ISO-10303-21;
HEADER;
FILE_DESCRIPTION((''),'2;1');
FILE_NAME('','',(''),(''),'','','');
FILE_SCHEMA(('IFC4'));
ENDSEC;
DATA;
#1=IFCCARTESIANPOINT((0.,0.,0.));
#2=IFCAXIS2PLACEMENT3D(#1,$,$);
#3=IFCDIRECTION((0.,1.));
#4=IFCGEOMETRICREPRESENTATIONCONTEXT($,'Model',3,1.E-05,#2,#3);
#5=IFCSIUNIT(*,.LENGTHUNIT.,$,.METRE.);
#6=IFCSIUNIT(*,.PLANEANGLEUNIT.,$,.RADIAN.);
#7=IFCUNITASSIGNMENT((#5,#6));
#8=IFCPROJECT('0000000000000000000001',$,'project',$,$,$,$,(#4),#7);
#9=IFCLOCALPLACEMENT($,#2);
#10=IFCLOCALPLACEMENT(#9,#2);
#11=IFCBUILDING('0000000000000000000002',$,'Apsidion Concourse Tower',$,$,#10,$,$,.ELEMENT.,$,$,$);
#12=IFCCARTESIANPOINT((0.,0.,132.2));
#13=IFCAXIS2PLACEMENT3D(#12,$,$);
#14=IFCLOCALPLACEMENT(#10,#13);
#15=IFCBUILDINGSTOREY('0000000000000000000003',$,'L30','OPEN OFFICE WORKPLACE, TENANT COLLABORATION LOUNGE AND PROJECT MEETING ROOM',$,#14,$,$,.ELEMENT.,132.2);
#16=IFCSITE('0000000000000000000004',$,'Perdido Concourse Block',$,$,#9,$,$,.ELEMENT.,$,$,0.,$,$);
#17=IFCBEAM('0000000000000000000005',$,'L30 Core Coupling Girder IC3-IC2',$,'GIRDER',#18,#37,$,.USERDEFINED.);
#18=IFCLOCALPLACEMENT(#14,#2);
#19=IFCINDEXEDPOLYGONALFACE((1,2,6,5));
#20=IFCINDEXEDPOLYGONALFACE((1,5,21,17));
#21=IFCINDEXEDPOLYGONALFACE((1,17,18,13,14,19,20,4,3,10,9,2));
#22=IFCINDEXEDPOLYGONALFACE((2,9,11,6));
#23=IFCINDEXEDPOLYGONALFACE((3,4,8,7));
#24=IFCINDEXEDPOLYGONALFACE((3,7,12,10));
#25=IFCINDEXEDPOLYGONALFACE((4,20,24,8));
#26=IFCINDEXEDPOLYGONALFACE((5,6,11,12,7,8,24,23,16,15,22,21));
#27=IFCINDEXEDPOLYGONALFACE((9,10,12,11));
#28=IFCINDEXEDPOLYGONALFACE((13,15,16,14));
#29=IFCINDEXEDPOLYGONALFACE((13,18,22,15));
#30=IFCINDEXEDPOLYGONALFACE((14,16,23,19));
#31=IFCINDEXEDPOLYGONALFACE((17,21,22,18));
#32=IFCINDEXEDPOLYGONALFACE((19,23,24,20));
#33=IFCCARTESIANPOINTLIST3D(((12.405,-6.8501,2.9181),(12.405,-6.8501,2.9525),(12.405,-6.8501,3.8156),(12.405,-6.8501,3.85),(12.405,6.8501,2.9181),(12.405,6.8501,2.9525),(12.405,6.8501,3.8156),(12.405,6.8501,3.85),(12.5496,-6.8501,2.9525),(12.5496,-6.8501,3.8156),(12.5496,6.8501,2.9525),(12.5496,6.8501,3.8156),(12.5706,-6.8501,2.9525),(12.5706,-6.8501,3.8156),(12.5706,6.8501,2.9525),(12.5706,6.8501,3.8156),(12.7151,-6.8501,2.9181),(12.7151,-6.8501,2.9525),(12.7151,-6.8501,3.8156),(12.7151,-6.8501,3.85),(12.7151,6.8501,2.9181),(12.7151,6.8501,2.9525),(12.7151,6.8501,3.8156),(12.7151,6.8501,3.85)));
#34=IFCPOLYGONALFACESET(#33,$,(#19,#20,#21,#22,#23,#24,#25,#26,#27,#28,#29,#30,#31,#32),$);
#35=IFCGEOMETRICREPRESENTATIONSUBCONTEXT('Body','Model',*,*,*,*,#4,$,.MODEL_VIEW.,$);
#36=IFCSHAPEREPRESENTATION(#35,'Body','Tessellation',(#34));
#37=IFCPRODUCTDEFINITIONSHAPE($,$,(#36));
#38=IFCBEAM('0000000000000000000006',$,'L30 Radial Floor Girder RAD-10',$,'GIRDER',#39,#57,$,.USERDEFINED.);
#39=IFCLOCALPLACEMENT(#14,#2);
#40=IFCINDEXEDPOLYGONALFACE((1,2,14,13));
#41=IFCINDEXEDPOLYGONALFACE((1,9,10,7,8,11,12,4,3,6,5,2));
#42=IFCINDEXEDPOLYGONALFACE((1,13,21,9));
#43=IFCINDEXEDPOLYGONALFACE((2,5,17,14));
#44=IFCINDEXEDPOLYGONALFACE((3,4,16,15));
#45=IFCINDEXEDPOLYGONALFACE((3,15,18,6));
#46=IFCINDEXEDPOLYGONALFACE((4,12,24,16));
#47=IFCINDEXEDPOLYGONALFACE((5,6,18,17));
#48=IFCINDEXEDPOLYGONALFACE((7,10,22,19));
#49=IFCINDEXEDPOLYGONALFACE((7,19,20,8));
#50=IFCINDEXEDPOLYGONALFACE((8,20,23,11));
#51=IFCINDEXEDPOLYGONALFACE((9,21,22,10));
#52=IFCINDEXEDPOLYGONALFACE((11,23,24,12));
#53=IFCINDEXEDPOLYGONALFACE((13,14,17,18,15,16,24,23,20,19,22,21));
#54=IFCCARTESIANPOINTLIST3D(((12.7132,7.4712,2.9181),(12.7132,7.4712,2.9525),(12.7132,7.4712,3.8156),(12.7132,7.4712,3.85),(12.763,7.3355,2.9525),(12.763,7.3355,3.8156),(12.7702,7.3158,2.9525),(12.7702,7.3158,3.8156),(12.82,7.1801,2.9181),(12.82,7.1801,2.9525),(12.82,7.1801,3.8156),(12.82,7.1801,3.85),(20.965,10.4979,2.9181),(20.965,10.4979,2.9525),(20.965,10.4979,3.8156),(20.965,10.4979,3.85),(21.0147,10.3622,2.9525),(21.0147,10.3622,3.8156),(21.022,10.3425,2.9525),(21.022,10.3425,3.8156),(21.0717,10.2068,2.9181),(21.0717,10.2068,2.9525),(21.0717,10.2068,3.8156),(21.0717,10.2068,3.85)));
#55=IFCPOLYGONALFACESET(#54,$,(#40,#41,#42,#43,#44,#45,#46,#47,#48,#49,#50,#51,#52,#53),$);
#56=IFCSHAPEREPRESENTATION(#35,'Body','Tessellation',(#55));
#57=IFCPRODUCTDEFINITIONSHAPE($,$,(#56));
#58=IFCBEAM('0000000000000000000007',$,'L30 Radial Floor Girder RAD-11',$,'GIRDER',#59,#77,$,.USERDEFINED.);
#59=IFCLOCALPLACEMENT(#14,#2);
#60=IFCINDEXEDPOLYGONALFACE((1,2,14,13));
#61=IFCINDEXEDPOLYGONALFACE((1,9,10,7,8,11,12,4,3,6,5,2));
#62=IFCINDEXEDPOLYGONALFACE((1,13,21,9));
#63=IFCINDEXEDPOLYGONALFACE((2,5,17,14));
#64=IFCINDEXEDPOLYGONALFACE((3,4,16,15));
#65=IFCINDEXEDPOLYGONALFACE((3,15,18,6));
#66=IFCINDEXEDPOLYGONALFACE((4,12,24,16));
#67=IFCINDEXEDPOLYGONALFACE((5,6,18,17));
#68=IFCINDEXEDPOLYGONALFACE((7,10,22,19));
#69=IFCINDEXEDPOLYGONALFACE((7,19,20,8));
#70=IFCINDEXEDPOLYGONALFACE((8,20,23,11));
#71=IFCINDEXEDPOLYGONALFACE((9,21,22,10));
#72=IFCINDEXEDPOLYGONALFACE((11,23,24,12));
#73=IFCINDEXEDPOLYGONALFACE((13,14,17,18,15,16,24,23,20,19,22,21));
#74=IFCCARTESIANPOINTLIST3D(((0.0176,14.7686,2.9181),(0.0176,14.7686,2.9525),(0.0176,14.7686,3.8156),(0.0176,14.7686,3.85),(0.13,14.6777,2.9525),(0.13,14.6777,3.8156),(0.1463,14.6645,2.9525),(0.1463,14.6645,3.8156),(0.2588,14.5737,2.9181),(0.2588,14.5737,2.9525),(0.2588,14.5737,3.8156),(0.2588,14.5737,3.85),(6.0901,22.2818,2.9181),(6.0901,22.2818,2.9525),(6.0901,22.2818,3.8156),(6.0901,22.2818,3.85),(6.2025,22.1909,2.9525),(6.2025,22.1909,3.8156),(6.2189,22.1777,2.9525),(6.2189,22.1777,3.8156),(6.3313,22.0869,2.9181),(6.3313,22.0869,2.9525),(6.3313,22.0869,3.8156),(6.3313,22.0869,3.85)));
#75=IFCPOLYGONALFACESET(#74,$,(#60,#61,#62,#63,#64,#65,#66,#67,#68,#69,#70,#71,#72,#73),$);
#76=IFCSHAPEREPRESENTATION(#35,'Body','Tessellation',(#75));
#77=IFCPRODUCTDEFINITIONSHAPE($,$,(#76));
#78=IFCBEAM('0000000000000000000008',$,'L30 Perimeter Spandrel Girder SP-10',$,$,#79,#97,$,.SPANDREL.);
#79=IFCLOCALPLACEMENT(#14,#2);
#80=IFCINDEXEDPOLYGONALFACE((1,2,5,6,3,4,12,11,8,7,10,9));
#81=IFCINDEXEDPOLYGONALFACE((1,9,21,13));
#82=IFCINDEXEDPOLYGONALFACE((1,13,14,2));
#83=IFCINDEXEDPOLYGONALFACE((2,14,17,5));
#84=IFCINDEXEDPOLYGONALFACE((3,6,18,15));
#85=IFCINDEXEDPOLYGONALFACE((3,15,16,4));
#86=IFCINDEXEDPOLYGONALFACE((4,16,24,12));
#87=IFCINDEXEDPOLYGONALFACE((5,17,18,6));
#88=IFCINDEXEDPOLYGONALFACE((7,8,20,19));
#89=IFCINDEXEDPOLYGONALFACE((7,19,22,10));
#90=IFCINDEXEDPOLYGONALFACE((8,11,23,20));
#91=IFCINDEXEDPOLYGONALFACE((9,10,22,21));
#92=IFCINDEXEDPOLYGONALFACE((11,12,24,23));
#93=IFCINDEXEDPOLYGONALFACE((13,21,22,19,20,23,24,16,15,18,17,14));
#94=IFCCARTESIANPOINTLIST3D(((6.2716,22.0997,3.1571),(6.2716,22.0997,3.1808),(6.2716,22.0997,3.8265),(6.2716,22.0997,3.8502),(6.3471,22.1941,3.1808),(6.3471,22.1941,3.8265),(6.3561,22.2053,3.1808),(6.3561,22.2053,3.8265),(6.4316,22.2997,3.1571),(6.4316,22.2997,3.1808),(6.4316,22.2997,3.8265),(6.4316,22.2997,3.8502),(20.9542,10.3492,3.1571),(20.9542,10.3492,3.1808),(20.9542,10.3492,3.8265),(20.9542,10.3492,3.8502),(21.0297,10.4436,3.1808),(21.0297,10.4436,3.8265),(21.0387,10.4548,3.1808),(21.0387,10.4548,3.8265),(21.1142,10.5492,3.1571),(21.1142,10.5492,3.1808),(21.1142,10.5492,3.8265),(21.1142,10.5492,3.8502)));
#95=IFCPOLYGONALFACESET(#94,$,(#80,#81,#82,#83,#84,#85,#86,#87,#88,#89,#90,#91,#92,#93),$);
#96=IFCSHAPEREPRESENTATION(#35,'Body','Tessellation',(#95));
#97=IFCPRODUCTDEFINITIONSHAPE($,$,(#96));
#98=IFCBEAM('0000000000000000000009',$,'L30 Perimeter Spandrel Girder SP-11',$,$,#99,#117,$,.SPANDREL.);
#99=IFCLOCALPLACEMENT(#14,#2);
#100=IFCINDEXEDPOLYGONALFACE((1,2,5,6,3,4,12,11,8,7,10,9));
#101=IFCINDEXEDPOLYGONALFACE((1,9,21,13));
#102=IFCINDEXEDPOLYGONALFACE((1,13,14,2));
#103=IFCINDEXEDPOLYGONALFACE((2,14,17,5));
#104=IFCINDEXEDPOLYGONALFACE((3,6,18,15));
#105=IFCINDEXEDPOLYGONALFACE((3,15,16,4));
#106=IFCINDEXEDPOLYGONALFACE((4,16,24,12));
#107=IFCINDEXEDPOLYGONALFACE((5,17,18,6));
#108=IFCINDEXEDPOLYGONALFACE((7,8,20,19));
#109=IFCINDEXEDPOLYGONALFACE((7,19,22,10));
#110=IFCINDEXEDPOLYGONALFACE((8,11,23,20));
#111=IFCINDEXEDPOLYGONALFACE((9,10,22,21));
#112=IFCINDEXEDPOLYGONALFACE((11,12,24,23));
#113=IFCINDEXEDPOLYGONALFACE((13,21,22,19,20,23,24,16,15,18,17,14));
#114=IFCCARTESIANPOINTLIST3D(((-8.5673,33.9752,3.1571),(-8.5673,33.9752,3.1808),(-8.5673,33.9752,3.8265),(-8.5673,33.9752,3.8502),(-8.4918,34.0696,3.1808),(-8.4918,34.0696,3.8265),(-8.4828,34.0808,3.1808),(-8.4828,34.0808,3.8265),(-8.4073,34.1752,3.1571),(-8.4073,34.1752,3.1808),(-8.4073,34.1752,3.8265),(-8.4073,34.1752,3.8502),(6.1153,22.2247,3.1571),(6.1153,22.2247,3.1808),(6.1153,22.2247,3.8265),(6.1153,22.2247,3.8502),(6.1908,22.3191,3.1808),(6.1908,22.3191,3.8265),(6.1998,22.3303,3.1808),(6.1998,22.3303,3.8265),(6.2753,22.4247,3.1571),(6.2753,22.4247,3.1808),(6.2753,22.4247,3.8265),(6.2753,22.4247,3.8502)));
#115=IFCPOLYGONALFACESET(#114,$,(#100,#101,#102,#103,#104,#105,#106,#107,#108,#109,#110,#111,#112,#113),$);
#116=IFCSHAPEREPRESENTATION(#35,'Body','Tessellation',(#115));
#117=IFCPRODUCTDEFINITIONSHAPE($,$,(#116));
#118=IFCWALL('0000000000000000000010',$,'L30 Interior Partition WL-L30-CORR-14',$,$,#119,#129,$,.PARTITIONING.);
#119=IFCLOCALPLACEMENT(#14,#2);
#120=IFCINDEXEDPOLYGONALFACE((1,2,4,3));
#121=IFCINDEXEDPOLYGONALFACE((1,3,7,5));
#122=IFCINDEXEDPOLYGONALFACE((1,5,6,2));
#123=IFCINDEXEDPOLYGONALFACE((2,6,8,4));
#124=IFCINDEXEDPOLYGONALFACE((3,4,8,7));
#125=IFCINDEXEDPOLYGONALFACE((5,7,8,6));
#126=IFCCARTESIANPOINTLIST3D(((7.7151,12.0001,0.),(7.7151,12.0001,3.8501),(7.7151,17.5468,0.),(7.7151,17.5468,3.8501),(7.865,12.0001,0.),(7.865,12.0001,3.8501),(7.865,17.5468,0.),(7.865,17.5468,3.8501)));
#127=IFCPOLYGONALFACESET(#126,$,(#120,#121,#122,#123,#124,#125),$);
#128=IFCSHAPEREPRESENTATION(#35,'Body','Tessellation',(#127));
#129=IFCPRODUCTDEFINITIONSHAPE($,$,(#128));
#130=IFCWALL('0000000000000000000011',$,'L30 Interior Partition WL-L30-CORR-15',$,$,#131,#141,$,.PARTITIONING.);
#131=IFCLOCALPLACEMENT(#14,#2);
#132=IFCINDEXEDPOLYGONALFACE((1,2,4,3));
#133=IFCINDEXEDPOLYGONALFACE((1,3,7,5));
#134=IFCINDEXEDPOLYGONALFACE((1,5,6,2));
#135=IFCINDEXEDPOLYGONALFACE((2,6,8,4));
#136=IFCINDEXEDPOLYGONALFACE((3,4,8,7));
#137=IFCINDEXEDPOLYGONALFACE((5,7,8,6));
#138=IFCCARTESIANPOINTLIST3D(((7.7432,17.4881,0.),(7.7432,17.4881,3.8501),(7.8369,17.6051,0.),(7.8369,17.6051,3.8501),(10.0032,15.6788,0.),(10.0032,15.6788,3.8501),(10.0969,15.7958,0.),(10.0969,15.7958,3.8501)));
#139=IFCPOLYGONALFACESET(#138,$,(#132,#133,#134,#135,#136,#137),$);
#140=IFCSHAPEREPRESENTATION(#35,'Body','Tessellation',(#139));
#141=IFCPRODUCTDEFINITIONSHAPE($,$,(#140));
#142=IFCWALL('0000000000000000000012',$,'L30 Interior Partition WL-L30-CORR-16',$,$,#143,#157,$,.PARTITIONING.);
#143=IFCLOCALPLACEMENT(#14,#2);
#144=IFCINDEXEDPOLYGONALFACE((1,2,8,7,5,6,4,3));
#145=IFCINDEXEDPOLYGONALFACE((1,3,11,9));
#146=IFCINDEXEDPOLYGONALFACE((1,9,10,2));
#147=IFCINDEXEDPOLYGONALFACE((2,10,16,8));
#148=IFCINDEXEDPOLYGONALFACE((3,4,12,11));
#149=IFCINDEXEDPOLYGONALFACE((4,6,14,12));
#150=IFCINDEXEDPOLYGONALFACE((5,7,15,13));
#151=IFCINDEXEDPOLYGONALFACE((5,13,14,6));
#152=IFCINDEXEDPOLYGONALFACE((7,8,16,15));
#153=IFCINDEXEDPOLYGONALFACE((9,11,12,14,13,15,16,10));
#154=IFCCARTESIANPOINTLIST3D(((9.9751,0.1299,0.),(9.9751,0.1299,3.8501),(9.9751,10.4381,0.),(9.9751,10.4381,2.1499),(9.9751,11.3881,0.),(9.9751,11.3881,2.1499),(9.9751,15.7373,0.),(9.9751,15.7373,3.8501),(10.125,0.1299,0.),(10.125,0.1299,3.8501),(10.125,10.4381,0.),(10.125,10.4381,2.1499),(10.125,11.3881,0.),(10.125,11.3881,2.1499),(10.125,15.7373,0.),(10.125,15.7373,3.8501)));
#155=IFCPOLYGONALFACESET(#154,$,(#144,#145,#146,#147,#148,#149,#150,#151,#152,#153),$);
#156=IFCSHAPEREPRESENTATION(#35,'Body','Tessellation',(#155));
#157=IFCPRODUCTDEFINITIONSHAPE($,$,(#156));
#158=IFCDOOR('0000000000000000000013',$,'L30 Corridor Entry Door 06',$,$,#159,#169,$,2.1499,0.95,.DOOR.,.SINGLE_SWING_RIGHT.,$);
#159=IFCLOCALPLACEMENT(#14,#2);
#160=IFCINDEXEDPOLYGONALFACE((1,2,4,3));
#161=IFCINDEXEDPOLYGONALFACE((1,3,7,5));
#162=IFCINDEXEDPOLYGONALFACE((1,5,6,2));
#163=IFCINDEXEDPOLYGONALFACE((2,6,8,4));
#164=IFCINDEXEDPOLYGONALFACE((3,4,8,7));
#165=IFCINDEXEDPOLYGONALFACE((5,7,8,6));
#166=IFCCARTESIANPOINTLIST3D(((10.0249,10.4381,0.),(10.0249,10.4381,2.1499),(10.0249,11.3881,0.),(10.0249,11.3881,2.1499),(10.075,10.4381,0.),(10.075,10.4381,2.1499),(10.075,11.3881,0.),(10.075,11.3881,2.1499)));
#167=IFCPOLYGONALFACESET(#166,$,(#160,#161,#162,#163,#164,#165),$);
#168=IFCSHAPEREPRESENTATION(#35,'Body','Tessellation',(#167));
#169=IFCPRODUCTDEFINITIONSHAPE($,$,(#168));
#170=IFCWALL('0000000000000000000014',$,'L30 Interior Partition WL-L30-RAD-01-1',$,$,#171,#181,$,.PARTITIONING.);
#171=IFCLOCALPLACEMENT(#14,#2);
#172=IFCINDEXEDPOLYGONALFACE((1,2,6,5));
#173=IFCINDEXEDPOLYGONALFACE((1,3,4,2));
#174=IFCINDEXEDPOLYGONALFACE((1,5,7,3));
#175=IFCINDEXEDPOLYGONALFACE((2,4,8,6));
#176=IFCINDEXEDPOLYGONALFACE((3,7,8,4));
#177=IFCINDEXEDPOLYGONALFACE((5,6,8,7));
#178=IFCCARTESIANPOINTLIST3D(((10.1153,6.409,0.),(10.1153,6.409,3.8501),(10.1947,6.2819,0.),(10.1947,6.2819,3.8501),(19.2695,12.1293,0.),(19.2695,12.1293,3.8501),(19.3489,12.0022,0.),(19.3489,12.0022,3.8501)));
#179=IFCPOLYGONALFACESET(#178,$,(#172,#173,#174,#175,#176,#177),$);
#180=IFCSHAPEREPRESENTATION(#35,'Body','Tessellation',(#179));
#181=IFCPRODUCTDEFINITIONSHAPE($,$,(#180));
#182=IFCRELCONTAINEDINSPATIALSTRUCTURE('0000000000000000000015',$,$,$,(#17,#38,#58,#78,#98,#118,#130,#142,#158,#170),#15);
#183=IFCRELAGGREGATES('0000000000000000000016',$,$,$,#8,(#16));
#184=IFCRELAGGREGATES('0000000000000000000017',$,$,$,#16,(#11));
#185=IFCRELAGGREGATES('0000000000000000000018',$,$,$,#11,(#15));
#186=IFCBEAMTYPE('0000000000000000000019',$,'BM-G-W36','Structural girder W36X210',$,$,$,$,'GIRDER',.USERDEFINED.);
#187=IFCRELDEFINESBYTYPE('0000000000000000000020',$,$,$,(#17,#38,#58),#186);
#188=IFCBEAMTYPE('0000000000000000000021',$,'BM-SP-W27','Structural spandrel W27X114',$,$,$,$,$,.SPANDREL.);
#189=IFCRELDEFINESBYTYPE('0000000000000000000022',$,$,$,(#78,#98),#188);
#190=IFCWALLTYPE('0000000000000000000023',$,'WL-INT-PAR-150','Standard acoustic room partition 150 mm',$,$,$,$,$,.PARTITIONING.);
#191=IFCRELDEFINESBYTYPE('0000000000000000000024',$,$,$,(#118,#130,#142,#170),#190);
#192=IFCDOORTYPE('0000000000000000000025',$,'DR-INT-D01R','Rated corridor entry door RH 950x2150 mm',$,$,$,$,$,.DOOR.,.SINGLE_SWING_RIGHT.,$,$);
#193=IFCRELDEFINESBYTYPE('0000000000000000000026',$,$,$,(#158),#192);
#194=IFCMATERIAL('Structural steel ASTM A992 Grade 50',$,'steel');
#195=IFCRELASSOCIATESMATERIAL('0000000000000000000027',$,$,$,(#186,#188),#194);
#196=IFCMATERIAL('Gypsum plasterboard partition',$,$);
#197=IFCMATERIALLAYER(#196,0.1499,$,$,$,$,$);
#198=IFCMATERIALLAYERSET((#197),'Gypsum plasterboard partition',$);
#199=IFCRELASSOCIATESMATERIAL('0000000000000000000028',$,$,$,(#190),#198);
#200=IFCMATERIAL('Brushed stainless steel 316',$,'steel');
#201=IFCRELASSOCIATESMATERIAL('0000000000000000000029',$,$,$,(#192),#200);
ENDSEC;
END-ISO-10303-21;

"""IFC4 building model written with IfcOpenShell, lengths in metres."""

from ifc_helpers import new_model, si_unit, direction, frame, frame_2d, origin, origin_2d, place, context, subcontext, project, spatial, rectangle, i_section, extrude, material, layer, layer_set, material_profile, profile_set, type_object, element, fill, save


model = new_model("IFC4")

# Units and contexts
model_context = context("Model", 3, precision=1e-05, world=origin(), true_north=direction((0.0, 1.0)))
body_context = subcontext(model_context, "Body", "Model", "MODEL_VIEW")
ifc_project = project(units=[si_unit("LENGTHUNIT", "METRE"), si_unit("PLANEANGLEUNIT", "RADIAN")], contexts=[model_context])

# Site, building, storey
site_placement = place(None, origin())
site = spatial("IfcSite", under=ifc_project, at=site_placement, Name="Perdido Concourse Block", CompositionType="ELEMENT", RefElevation=0.0)
building_placement = place(site_placement, origin())
building = spatial("IfcBuilding", under=site, at=building_placement, Name="Apsidion Concourse Tower", CompositionType="ELEMENT")
storey_placement = place(building_placement, frame((0.0, 0.0, 132.2)))
storey = spatial("IfcBuildingStorey", under=building, at=storey_placement, Name="L30", Description="OPEN OFFICE WORKPLACE, TENANT COLLABORATION LOUNGE AND PROJECT MEETING ROOM", CompositionType="ELEMENT", Elevation=132.2)

# Shared definitions
ifc_material_1 = material(Name="Structural steel ASTM A992 Grade 50", Category="steel")

# Beams
ifc_material_profile_1 = material_profile(ifc_material_1, i_section(OverallWidth=0.3101, OverallDepth=0.9319, WebThickness=0.021, FlangeThickness=0.0344, at=origin_2d()), Name="W36X210")
ifc_profile_set_1 = profile_set([ifc_material_profile_1], Name="Structural steel ASTM A992 Grade 50")
beam_type_1 = type_object("IfcBeamType", Name="BM-G-W36", Description="Structural girder W36X210", ElementType="GIRDER", PredefinedType="USERDEFINED", material=ifc_profile_set_1)
beam_1_placement = place(storey_placement, frame((12.5601, 6.8501, 3.384), z_axis=(0.0, -1.0, 0.0), x_axis=(1.0, 0.0, 0.0)))
element("IfcBeam", 1, at=beam_1_placement, inside=storey, type_object=beam_type_1, Name="L30 Core Coupling Girder IC3-IC2", ObjectType="GIRDER", PredefinedType="USERDEFINED", context=body_context, shape_type="SweptSolid", body=[
    extrude(i_section(OverallWidth=0.3101, OverallDepth=0.9319, WebThickness=0.021, FlangeThickness=0.0344, at=origin_2d()), origin(), (0.0, 0.0, 1.0), 13.7002),
])
beam_2_placement = place(storey_placement, frame((12.7666, 7.3257, 3.384), z_axis=(0.93884, 0.344353, 0.0), x_axis=(-0.344353, 0.93884, 0.0)))
element("IfcBeam", 2, at=beam_2_placement, inside=storey, type_object=beam_type_1, Name="L30 Radial Floor Girder RAD-10", ObjectType="GIRDER", PredefinedType="USERDEFINED", context=body_context, shape_type="SweptSolid", body=[
    extrude(i_section(OverallWidth=0.3101, OverallDepth=0.9319, WebThickness=0.021, FlangeThickness=0.0344, at=origin_2d()), origin(), (0.0, 0.0, 1.0), 8.7893),
])
beam_3_placement = place(storey_placement, frame((0.1382, 14.6711, 3.384), z_axis=(0.628598, 0.77773, 0.0), x_axis=(-0.77773, 0.628598, 0.0)))
element("IfcBeam", 3, at=beam_3_placement, inside=storey, type_object=beam_type_1, Name="L30 Radial Floor Girder RAD-11", ObjectType="GIRDER", PredefinedType="USERDEFINED", context=body_context, shape_type="SweptSolid", body=[
    extrude(i_section(OverallWidth=0.3101, OverallDepth=0.9319, WebThickness=0.021, FlangeThickness=0.0344, at=origin_2d()), origin(), (0.0, 0.0, 1.0), 9.6604),
])
ifc_material_profile_2 = material_profile(ifc_material_1, i_section(OverallWidth=0.2561, OverallDepth=0.6931, WebThickness=0.0144, FlangeThickness=0.0237, at=origin_2d()), Name="W27X114")
ifc_profile_set_2 = profile_set([ifc_material_profile_2], Name="Structural steel ASTM A992 Grade 50")
beam_type_2 = type_object("IfcBeamType", Name="BM-SP-W27", Description="Structural spandrel W27X114", PredefinedType="SPANDREL", material=ifc_profile_set_2)
for number, where, z_axis, x_axis, name in (
    (4, (21.0342, 10.4492, 3.5037), (-0.780755, 0.624838, 0.0), (-0.624838, -0.780755, 0.0), "L30 Perimeter Spandrel Girder SP-10"),
    (5, (6.1953, 22.3247, 3.5037), (-0.780755, 0.624838, 0.0), (-0.624838, -0.780755, 0.0), "L30 Perimeter Spandrel Girder SP-11"),
):
    element("IfcBeam", number, at=place(storey_placement, frame(where, z_axis=z_axis, x_axis=x_axis)), inside=storey, type_object=beam_type_2, Name=name, PredefinedType="SPANDREL", context=body_context, shape_type="SweptSolid", body=[
        extrude(i_section(OverallWidth=0.2561, OverallDepth=0.6931, WebThickness=0.0144, FlangeThickness=0.0237, at=origin_2d()), origin(), (0.0, 0.0, 1.0), 18.8057),
    ])

# Walls
ifc_material_2 = material(Name="Gypsum plasterboard partition")
ifc_layer = layer(ifc_material_2, 0.1499)
ifc_layer_set = layer_set([ifc_layer], Name="Gypsum plasterboard partition")
wall_type = type_object("IfcWallType", Name="WL-INT-PAR-150", Description="Standard acoustic room partition 150 mm", PredefinedType="PARTITIONING", material=ifc_layer_set)
wall_1_placement = place(storey_placement, frame((7.79, 12.0, 0.0), z_axis=(0.0, 0.0, 1.0), x_axis=(0.0, 1.0, 0.0)))
element("IfcWall", 6, at=wall_1_placement, inside=storey, type_object=wall_type, Name="L30 Interior Partition WL-L30-CORR-14", PredefinedType="PARTITIONING", context=body_context, shape_type="SweptSolid", body=[
    extrude(rectangle(XDim=5.5466, YDim=0.1499, at=frame_2d((2.7734, 0.0))), origin(), (0.0, 0.0, 1.0), 3.8501),
])
wall_2_placement = place(storey_placement, frame((7.79, 17.5466, 0.0), z_axis=(0.0, 0.0, 1.0), x_axis=(0.780647, -0.624973, 0.0)))
element("IfcWall", 7, at=wall_2_placement, inside=storey, type_object=wall_type, Name="L30 Interior Partition WL-L30-CORR-15", PredefinedType="PARTITIONING", context=body_context, shape_type="SweptSolid", body=[
    extrude(rectangle(XDim=2.895, YDim=0.1499, at=frame_2d((1.4475, 0.0))), origin(), (0.0, 0.0, 1.0), 3.8501),
])

# Wall, opening, door
wall_3_placement = place(storey_placement, frame((10.05, 15.7373, 0.0), z_axis=(0.0, 0.0, 1.0), x_axis=(0.0, -1.0, 0.0)))
wall_3 = element("IfcWall", 8, at=wall_3_placement, inside=storey, type_object=wall_type, Name="L30 Interior Partition WL-L30-CORR-16", PredefinedType="PARTITIONING", context=body_context, shape_type="SweptSolid", body=[
    extrude(rectangle(XDim=15.6074, YDim=0.1499, at=frame_2d((7.8037, 0.0))), origin(), (0.0, 0.0, 1.0), 3.8501),
])
opening_placement = place(wall_3_placement, frame((4.3491, 0.0, 0.0)))
opening = element("IfcOpeningElement", 9, at=opening_placement, cuts=wall_3, PredefinedType="OPENING", context=body_context, shape_type="SweptSolid", body=[
    extrude(rectangle(XDim=0.95, YDim=2.1499, at=frame_2d((0.4751, 1.075))), frame((0.0, 0.085, 0.0), z_axis=(0.0, -1.0, 0.0), x_axis=(1.0, 0.0, 0.0)), (0.0, 0.0, 1.0), 0.1699),
])
ifc_material_3 = material(Name="Brushed stainless steel 316", Category="steel")
door_type = type_object("IfcDoorType", Name="DR-INT-D01R", Description="Rated corridor entry door RH 950x2150 mm", OperationType="SINGLE_SWING_RIGHT", PredefinedType="DOOR", material=ifc_material_3)
door_placement = place(opening_placement, origin())
door = element("IfcDoor", 10, at=door_placement, inside=storey, type_object=door_type, Name="L30 Corridor Entry Door 06", OperationType="SINGLE_SWING_RIGHT", OverallHeight=2.1499, OverallWidth=0.95, PredefinedType="DOOR", context=body_context, shape_type="SweptSolid", body=[
    extrude(rectangle(XDim=0.95, YDim=2.1499, at=frame_2d((0.4751, 1.075))), frame((0.0, 0.0249, 0.0), z_axis=(0.0, -1.0, 0.0), x_axis=(1.0, 0.0, 0.0)), (0.0, 0.0, 1.0), 0.05),
])
fill(opening, door)

# Wall
wall_4_placement = place(storey_placement, frame((10.155, 6.3455, 0.0), z_axis=(0.0, 0.0, 1.0), x_axis=(0.848043, 0.529928, 0.0)))
element("IfcWall", 11, at=wall_4_placement, inside=storey, type_object=wall_type, Name="L30 Interior Partition WL-L30-RAD-01-1", PredefinedType="PARTITIONING", context=body_context, shape_type="SweptSolid", body=[
    extrude(rectangle(XDim=10.7944, YDim=0.1499, at=frame_2d((5.3972, 0.0))), origin(), (0.0, 0.0, 1.0), 3.8501),
])

save(model, "model.ifc")
